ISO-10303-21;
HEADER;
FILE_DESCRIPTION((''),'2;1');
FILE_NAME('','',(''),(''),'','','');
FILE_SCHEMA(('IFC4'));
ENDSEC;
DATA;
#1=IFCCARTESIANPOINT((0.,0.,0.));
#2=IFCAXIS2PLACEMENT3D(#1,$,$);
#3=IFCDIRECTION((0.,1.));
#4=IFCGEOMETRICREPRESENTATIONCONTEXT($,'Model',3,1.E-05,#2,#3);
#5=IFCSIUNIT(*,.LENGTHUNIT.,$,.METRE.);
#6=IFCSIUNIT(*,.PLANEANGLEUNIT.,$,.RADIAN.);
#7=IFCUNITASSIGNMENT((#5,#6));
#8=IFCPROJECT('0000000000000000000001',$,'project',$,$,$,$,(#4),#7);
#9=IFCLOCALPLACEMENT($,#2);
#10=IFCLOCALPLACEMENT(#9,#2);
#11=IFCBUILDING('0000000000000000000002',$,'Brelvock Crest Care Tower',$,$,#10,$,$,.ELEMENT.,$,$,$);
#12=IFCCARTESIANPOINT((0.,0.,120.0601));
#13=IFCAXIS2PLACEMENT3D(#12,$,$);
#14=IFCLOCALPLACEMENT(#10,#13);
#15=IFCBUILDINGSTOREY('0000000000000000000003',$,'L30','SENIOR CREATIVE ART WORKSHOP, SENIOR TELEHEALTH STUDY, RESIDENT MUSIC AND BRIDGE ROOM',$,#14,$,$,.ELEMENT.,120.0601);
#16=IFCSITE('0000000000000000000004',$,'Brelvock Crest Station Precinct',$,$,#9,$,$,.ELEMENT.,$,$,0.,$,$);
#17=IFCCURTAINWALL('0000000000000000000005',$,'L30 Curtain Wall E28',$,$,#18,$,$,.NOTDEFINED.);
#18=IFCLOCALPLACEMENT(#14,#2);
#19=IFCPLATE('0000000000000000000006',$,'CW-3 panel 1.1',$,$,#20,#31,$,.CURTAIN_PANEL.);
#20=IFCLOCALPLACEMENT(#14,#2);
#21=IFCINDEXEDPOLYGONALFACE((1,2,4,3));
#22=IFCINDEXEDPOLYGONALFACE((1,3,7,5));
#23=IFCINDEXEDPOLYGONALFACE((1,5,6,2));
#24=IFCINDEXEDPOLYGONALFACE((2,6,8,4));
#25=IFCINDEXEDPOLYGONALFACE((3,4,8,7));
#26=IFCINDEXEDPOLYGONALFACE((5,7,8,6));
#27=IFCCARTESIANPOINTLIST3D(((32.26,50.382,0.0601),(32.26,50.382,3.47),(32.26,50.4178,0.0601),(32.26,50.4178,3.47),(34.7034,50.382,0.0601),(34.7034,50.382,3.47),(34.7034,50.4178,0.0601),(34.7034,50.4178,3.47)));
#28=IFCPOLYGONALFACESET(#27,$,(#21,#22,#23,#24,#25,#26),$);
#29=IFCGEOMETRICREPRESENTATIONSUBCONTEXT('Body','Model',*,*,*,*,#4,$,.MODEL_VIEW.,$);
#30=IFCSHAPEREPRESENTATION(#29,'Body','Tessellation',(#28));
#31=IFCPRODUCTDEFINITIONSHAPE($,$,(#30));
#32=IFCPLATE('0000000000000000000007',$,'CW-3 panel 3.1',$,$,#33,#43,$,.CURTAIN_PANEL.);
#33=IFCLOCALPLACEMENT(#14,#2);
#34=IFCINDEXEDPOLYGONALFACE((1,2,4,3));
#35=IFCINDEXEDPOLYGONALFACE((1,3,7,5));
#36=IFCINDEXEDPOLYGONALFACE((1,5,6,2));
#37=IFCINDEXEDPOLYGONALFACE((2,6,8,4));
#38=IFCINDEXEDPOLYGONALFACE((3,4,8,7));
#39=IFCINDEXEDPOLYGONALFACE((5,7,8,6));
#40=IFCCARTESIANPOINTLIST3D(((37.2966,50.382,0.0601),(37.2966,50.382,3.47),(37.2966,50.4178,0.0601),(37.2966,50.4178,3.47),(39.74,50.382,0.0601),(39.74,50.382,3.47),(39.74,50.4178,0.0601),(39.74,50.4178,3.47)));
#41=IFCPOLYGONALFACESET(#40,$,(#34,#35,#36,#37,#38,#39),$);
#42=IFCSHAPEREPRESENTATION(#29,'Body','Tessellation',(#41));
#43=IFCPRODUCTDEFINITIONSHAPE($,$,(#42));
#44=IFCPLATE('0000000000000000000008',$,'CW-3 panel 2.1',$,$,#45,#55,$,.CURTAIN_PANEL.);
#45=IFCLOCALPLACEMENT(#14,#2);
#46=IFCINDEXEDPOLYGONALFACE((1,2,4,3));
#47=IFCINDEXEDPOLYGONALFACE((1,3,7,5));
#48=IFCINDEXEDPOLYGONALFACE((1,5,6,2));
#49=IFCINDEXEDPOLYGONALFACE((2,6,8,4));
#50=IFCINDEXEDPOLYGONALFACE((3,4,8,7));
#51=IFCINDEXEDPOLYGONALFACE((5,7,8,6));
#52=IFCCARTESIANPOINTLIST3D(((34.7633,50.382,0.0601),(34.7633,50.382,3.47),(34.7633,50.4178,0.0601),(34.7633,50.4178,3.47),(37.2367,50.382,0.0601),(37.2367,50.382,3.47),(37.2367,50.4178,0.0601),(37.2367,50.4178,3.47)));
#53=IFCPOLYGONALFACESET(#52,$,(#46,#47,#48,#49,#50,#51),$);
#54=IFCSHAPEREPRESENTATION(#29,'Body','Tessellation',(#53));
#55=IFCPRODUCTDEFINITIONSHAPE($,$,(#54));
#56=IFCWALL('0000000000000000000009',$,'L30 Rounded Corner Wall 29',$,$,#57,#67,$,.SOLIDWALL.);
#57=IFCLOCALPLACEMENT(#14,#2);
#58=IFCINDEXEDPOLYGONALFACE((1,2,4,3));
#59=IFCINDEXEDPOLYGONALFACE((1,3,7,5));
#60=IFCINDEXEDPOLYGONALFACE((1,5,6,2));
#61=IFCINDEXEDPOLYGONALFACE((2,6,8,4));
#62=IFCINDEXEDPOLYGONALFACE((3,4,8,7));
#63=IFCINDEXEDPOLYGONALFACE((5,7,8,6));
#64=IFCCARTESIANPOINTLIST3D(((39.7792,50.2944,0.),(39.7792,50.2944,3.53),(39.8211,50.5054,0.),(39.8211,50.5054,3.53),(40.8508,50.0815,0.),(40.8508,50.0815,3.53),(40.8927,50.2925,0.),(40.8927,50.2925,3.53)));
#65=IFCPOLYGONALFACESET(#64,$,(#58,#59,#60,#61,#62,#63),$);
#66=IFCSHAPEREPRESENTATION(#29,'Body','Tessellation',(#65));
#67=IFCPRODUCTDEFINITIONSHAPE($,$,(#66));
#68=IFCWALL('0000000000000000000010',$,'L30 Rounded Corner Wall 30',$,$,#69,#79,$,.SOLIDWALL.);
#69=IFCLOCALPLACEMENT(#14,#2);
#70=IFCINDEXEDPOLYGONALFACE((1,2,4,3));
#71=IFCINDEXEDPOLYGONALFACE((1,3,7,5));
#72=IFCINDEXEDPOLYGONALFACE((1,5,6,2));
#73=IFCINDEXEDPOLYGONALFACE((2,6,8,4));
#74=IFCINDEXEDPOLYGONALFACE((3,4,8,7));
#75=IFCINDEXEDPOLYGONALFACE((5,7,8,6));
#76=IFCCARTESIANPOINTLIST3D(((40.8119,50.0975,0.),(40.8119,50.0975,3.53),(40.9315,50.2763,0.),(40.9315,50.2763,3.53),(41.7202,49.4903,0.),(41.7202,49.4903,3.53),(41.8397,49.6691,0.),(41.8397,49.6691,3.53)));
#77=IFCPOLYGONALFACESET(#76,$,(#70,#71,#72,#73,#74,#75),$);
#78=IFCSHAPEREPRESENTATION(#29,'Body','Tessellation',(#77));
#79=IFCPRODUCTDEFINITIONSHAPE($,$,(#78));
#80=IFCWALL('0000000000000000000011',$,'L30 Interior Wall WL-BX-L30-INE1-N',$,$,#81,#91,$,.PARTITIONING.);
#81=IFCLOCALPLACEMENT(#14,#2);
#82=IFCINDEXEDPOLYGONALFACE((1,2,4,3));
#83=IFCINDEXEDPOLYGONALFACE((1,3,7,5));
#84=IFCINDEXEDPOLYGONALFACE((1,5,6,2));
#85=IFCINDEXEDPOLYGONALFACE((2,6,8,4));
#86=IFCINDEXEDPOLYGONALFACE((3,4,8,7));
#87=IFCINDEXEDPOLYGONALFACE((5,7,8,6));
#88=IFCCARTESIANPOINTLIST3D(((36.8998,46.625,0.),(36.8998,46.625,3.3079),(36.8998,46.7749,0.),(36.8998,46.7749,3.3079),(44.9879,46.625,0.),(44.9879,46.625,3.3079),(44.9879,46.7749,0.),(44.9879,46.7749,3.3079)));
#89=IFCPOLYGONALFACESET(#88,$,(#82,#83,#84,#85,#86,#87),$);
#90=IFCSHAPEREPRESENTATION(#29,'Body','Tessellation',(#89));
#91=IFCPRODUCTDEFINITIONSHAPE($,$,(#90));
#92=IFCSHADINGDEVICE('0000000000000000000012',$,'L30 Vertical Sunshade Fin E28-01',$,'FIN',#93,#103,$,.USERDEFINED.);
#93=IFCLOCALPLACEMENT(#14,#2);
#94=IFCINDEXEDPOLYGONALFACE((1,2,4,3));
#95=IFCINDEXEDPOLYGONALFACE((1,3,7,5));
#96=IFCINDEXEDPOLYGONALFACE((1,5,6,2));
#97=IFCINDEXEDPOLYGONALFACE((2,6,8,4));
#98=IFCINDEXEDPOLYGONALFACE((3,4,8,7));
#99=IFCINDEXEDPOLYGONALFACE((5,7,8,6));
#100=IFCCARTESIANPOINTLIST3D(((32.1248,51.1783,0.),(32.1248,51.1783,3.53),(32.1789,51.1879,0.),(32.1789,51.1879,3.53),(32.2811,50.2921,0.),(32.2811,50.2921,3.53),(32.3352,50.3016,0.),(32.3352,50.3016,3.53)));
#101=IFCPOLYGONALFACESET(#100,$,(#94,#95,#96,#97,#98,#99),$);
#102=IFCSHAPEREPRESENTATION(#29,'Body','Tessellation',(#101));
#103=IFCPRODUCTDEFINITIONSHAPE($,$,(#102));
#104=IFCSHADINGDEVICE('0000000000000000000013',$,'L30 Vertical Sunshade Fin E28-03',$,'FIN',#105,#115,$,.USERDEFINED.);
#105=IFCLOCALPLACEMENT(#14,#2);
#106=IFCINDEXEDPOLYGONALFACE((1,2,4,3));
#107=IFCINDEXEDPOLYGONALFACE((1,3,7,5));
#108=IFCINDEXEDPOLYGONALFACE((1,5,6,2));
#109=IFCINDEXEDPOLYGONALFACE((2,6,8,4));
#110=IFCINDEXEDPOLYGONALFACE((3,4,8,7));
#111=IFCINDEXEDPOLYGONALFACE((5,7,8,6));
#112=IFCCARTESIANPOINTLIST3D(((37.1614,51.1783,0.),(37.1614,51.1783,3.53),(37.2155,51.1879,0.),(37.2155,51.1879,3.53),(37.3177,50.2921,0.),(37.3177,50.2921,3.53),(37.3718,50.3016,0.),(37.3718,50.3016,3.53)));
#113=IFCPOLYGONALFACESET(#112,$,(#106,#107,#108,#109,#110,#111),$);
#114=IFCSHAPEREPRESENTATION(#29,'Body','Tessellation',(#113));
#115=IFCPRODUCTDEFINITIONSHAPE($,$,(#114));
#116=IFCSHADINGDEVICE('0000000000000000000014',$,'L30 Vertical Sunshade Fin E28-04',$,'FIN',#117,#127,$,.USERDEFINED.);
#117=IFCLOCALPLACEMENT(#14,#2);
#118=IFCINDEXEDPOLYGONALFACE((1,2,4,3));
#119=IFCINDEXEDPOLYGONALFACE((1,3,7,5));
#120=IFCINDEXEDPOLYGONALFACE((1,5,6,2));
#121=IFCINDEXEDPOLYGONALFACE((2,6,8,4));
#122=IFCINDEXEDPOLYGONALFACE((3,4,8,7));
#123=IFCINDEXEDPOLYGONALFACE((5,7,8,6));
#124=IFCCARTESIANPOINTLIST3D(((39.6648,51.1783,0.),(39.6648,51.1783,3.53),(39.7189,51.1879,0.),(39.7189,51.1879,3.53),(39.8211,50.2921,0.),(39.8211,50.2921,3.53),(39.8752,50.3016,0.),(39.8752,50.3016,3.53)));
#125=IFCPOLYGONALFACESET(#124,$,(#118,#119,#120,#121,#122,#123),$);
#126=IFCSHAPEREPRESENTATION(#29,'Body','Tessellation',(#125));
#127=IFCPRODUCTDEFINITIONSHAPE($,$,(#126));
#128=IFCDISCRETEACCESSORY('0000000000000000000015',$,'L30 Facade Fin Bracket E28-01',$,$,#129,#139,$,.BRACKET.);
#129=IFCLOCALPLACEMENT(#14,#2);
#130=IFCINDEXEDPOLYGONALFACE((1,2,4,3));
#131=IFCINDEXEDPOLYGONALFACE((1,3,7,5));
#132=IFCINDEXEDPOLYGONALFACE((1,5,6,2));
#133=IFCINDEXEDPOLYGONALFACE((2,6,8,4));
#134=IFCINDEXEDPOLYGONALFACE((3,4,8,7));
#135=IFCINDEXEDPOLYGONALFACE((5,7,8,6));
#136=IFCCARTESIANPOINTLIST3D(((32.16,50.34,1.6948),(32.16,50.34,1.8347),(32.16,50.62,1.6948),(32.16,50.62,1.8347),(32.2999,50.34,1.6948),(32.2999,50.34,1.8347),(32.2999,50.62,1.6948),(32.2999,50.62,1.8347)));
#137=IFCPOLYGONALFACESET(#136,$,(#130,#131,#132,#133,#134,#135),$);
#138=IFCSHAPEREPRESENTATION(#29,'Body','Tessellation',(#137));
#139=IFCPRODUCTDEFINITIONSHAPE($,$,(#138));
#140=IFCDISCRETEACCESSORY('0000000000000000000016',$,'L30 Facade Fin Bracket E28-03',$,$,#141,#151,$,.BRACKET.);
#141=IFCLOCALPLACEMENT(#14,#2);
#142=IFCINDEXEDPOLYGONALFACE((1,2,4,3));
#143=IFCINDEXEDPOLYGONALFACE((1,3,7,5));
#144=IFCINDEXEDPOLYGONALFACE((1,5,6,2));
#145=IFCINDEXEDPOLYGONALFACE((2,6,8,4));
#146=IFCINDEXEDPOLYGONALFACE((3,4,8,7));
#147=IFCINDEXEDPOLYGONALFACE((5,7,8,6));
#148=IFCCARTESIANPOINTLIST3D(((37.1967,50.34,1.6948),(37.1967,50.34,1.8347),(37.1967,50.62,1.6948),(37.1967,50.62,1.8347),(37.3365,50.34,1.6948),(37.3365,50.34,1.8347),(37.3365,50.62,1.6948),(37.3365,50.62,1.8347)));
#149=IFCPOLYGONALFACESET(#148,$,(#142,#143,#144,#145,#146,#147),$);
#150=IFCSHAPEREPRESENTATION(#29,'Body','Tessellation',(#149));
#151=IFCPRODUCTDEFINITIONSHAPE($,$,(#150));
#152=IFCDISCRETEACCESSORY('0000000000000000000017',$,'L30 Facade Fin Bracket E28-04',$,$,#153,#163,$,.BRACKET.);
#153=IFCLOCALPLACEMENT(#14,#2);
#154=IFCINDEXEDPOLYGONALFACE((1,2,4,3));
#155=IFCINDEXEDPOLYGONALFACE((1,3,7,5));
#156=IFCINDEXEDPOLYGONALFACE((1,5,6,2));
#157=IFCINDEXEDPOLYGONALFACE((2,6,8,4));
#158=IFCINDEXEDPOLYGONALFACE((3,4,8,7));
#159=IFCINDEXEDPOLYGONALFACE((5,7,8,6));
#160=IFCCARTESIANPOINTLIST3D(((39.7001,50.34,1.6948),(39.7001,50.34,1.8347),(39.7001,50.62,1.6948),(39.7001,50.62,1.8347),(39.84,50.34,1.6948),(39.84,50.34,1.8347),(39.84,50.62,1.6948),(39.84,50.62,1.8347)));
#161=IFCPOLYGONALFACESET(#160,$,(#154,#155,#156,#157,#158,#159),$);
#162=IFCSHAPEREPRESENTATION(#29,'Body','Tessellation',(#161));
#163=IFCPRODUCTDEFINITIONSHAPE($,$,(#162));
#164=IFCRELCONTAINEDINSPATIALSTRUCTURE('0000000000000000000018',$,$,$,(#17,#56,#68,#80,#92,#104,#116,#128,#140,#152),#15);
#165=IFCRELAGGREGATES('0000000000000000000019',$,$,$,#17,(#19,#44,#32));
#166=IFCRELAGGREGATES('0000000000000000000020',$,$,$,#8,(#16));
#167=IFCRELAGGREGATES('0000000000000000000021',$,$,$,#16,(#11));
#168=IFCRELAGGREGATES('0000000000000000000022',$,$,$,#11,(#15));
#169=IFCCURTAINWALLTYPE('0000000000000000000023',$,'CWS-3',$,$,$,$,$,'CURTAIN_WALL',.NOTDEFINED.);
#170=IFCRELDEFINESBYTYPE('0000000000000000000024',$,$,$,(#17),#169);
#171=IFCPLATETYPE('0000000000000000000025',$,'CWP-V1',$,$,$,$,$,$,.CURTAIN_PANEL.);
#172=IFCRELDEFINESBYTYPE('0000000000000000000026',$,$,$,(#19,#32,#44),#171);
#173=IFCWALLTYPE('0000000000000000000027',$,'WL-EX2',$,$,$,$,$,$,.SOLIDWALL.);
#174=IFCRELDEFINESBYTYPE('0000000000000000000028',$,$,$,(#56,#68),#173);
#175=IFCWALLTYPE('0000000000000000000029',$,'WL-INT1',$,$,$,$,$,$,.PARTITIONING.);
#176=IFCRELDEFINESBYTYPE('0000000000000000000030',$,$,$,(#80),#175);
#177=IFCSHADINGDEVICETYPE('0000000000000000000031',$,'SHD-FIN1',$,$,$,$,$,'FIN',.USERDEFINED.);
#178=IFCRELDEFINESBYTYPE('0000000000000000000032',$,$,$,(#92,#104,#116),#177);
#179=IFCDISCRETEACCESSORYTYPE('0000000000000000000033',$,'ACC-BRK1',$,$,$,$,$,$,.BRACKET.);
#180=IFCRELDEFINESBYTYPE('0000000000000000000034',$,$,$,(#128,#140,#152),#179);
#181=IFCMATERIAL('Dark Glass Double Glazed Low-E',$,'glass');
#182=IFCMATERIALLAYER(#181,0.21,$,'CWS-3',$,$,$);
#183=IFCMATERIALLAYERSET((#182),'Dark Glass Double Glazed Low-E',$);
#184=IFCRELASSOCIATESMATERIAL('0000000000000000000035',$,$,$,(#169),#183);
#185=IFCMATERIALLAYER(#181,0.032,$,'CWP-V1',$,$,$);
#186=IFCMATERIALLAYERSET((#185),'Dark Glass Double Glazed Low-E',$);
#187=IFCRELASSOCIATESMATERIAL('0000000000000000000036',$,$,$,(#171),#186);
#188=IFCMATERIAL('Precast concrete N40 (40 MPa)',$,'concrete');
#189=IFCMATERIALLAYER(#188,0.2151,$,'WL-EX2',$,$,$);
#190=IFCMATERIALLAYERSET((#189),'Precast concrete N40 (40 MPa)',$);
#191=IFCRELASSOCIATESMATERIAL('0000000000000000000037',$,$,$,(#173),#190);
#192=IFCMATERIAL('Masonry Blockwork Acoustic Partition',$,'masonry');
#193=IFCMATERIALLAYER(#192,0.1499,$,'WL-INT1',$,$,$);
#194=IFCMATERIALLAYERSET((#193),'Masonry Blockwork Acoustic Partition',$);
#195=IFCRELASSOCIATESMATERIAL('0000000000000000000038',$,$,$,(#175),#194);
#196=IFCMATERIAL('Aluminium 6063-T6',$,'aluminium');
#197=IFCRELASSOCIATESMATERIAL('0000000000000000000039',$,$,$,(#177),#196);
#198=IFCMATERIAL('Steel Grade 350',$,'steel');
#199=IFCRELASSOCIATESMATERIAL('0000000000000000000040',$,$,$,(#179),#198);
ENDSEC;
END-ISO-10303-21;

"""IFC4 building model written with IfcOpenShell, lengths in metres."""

from ifc_helpers import new_model, si_unit, direction, frame, frame_2d, origin, origin_2d, place, context, subcontext, project, spatial, rectangle, extrude, source, transform, mapped, material, layer, layer_set, material_profile, profile_set, type_object, element, aggregate, save


model = new_model("IFC4")

# Units and contexts
model_context = context("Model", 3, precision=1e-05, world=origin(), true_north=direction((0.0, 1.0)))
body_context = subcontext(model_context, "Body", "Model", "MODEL_VIEW")
ifc_project = project(units=[si_unit("LENGTHUNIT", "METRE"), si_unit("PLANEANGLEUNIT", "RADIAN")], contexts=[model_context])

# Site, building, storey
site_placement = place(None, origin())
site = spatial("IfcSite", under=ifc_project, at=site_placement, Name="Brelvock Crest Station Precinct", CompositionType="ELEMENT", RefElevation=0.0)
building_placement = place(site_placement, origin())
building = spatial("IfcBuilding", under=site, at=building_placement, Name="Brelvock Crest Care Tower", CompositionType="ELEMENT")
storey_placement = place(building_placement, frame((0.0, 0.0, 120.0601)))
storey = spatial("IfcBuildingStorey", under=building, at=storey_placement, Name="L30", Description="SENIOR CREATIVE ART WORKSHOP, SENIOR TELEHEALTH STUDY, RESIDENT MUSIC AND BRIDGE ROOM", CompositionType="ELEMENT", Elevation=120.0601)

# Shared definitions
ifc_material_1 = material(Name="Steel Grade 350", Category="steel")

# Curtain wall, plates
ifc_material_2 = material(Name="Dark Glass Double Glazed Low-E", Category="glass")
ifc_layer_1 = layer(ifc_material_2, 0.21, Name="CWS-3")
ifc_layer_set_1 = layer_set([ifc_layer_1], Name="Dark Glass Double Glazed Low-E")
curtain_wall_type = type_object("IfcCurtainWallType", Name="CWS-3", ElementType="CURTAIN_WALL", PredefinedType="NOTDEFINED", material=ifc_layer_set_1)
curtain_wall_placement = place(storey_placement, origin())
curtain_wall = element("IfcCurtainWall", 1, at=curtain_wall_placement, inside=storey, type_object=curtain_wall_type, Name="L30 Curtain Wall E28", PredefinedType="NOTDEFINED")
ifc_material_3 = material(Name="Aluminium 6063-T6", Category="aluminium")
ifc_layer_2 = layer(ifc_material_2, 0.032, Name="CWP-V1")
ifc_layer_set_2 = layer_set([ifc_layer_2], Name="Dark Glass Double Glazed Low-E")
plate_type = type_object("IfcPlateType", Name="CWP-V1", PredefinedType="CURTAIN_PANEL", material=ifc_layer_set_2)
shared_shape_1 = source(origin(), body_context, "Body", "SweptSolid", [
    extrude(rectangle(XDim=2.4434, YDim=0.0359, at=origin_2d()), origin(), (0.0, 0.0, 1.0), 3.4099),
])
plate_1_placement = place(storey_placement, frame((33.4817, 50.3999, 0.0601), z_axis=(0.0, 0.0, 1.0), x_axis=(1.0, 0.0, 0.0)))
plate_1 = element("IfcPlate", 2, at=plate_1_placement, type_object=plate_type, Name="CW-3 panel 1.1", PredefinedType="CURTAIN_PANEL", context=body_context, shape_type="MappedRepresentation", body=[
    mapped(shared_shape_1, transform((0.0, 0.0, 0.0), x_axis=(1.0, 0.0, 0.0), y_axis=(0.0, 1.0, 0.0), z_axis=(0.0, 0.0, 1.0), scale=1.0)),
])
plate_2_placement = place(storey_placement, frame((38.5183, 50.3999, 0.0601), z_axis=(0.0, 0.0, 1.0), x_axis=(1.0, 0.0, 0.0)))
plate_2 = element("IfcPlate", 3, at=plate_2_placement, type_object=plate_type, Name="CW-3 panel 3.1", PredefinedType="CURTAIN_PANEL", context=body_context, shape_type="MappedRepresentation", body=[
    mapped(shared_shape_1, transform((0.0, 0.0, 0.0), x_axis=(1.0, 0.0, 0.0), y_axis=(0.0, 1.0, 0.0), z_axis=(0.0, 0.0, 1.0), scale=1.0)),
])
shared_shape_2 = source(origin(), body_context, "Body", "SweptSolid", [
    extrude(rectangle(XDim=2.4734, YDim=0.0359, at=origin_2d()), origin(), (0.0, 0.0, 1.0), 3.4099),
])
plate_3_placement = place(storey_placement, frame((36.0, 50.3999, 0.0601), z_axis=(0.0, 0.0, 1.0), x_axis=(1.0, 0.0, 0.0)))
plate_3 = element("IfcPlate", 4, at=plate_3_placement, type_object=plate_type, Name="CW-3 panel 2.1", PredefinedType="CURTAIN_PANEL", context=body_context, shape_type="MappedRepresentation", body=[
    mapped(shared_shape_2, transform((0.0, 0.0, 0.0), x_axis=(1.0, 0.0, 0.0), y_axis=(0.0, 1.0, 0.0), z_axis=(0.0, 0.0, 1.0), scale=1.0)),
])
aggregate(curtain_wall, [plate_1, plate_3, plate_2])

# Walls
ifc_material_4 = material(Name="Precast concrete N40 (40 MPa)", Category="concrete")
ifc_layer_3 = layer(ifc_material_4, 0.2151, Name="WL-EX2")
ifc_layer_set_3 = layer_set([ifc_layer_3], Name="Precast concrete N40 (40 MPa)")
wall_type_1 = type_object("IfcWallType", Name="WL-EX2", PredefinedType="SOLIDWALL", material=ifc_layer_set_3)
for number, where, z_axis, x_axis, name in (
    (5, (39.8, 50.3999, 0.0), (0.0, 0.0, 1.0), (0.980829, -0.19487, 0.0), "L30 Rounded Corner Wall 29"),
    (6, (40.8716, 50.187, 0.0), (0.0, 0.0, 1.0), (0.831328, -0.555783, 0.0), "L30 Rounded Corner Wall 30"),
):
    element("IfcWall", number, at=place(storey_placement, frame(where, z_axis=z_axis, x_axis=x_axis)), inside=storey, type_object=wall_type_1, Name=name, PredefinedType="SOLIDWALL", context=body_context, shape_type="SweptSolid", body=[
        extrude(rectangle(XDim=1.0925, YDim=0.2151, at=frame_2d((0.5464, 0.0))), origin(), (0.0, 0.0, 1.0), 3.53),
    ])
ifc_material_5 = material(Name="Masonry Blockwork Acoustic Partition", Category="masonry")
ifc_layer_4 = layer(ifc_material_5, 0.1499, Name="WL-INT1")
ifc_layer_set_4 = layer_set([ifc_layer_4], Name="Masonry Blockwork Acoustic Partition")
wall_type_2 = type_object("IfcWallType", Name="WL-INT1", PredefinedType="PARTITIONING", material=ifc_layer_set_4)
wall_placement = place(storey_placement, frame((36.8999, 46.7, 0.0), z_axis=(0.0, 0.0, 1.0), x_axis=(1.0, 0.0, 0.0)))
element("IfcWall", 7, at=wall_placement, inside=storey, type_object=wall_type_2, Name="L30 Interior Wall WL-BX-L30-INE1-N", PredefinedType="PARTITIONING", context=body_context, shape_type="SweptSolid", body=[
    extrude(rectangle(XDim=8.0881, YDim=0.1499, at=frame_2d((4.0439, 0.0))), origin(), (0.0, 0.0, 1.0), 3.3079),
])

# Shading devices
ifc_material_profile_1 = material_profile(ifc_material_3, rectangle(XDim=0.0549, YDim=0.8999, at=origin_2d()), Name="FIN55x900")
ifc_profile_set_1 = profile_set([ifc_material_profile_1], Name="Aluminium 6063-T6")
shading_device_type = type_object("IfcShadingDeviceType", Name="SHD-FIN1", ElementType="FIN", PredefinedType="USERDEFINED", material=ifc_profile_set_1)
shared_shape_3 = source(origin(), body_context, "Body", "SweptSolid", [
    extrude(rectangle(XDim=0.0549, YDim=0.8999, at=origin_2d()), origin(), (0.0, 0.0, 1.0), 3.53),
])
for number, where, z_axis, x_axis, name in (
    (8, (32.23, 50.74, 0.0), (0.0, 0.0, 1.0), (0.984808, 0.173648, 0.0), "L30 Vertical Sunshade Fin E28-01"),
    (9, (37.2666, 50.74, 0.0), (0.0, 0.0, 1.0), (0.984808, 0.173648, 0.0), "L30 Vertical Sunshade Fin E28-03"),
    (10, (39.77, 50.74, 0.0), (0.0, 0.0, 1.0), (0.984808, 0.173648, 0.0), "L30 Vertical Sunshade Fin E28-04"),
):
    element("IfcShadingDevice", number, at=place(storey_placement, frame(where, z_axis=z_axis, x_axis=x_axis)), inside=storey, type_object=shading_device_type, Name=name, ObjectType="FIN", PredefinedType="USERDEFINED", context=body_context, shape_type="MappedRepresentation", body=[
        mapped(shared_shape_3, transform((0.0, 0.0, 0.0), x_axis=(1.0, 0.0, 0.0), y_axis=(0.0, 1.0, 0.0), z_axis=(0.0, 0.0, 1.0), scale=1.0)),
    ])

# Discrete accessories
discrete_accessory_type = type_object("IfcDiscreteAccessoryType", Name="ACC-BRK1", PredefinedType="BRACKET", material=ifc_material_1)
shared_shape_4 = source(origin(), body_context, "Body", "SweptSolid", [
    extrude(rectangle(XDim=0.28, YDim=0.1399, at=origin_2d()), origin(), (0.0, 0.0, 1.0), 0.1399),
])
for number, where, z_axis, x_axis, name in (
    (11, (32.23, 50.48, 1.6948), (0.0, 0.0, 1.0), (0.0, 1.0, 0.0), "L30 Facade Fin Bracket E28-01"),
    (12, (37.2666, 50.48, 1.6948), (0.0, 0.0, 1.0), (0.0, 1.0, 0.0), "L30 Facade Fin Bracket E28-03"),
    (13, (39.77, 50.48, 1.6948), (0.0, 0.0, 1.0), (0.0, 1.0, 0.0), "L30 Facade Fin Bracket E28-04"),
):
    element("IfcDiscreteAccessory", number, at=place(storey_placement, frame(where, z_axis=z_axis, x_axis=x_axis)), inside=storey, type_object=discrete_accessory_type, Name=name, PredefinedType="BRACKET", context=body_context, shape_type="MappedRepresentation", body=[
        mapped(shared_shape_4, transform((0.0, 0.0, 0.0), x_axis=(1.0, 0.0, 0.0), y_axis=(0.0, 1.0, 0.0), z_axis=(0.0, 0.0, 1.0), scale=1.0)),
    ])

save(model, "model.ifc")
